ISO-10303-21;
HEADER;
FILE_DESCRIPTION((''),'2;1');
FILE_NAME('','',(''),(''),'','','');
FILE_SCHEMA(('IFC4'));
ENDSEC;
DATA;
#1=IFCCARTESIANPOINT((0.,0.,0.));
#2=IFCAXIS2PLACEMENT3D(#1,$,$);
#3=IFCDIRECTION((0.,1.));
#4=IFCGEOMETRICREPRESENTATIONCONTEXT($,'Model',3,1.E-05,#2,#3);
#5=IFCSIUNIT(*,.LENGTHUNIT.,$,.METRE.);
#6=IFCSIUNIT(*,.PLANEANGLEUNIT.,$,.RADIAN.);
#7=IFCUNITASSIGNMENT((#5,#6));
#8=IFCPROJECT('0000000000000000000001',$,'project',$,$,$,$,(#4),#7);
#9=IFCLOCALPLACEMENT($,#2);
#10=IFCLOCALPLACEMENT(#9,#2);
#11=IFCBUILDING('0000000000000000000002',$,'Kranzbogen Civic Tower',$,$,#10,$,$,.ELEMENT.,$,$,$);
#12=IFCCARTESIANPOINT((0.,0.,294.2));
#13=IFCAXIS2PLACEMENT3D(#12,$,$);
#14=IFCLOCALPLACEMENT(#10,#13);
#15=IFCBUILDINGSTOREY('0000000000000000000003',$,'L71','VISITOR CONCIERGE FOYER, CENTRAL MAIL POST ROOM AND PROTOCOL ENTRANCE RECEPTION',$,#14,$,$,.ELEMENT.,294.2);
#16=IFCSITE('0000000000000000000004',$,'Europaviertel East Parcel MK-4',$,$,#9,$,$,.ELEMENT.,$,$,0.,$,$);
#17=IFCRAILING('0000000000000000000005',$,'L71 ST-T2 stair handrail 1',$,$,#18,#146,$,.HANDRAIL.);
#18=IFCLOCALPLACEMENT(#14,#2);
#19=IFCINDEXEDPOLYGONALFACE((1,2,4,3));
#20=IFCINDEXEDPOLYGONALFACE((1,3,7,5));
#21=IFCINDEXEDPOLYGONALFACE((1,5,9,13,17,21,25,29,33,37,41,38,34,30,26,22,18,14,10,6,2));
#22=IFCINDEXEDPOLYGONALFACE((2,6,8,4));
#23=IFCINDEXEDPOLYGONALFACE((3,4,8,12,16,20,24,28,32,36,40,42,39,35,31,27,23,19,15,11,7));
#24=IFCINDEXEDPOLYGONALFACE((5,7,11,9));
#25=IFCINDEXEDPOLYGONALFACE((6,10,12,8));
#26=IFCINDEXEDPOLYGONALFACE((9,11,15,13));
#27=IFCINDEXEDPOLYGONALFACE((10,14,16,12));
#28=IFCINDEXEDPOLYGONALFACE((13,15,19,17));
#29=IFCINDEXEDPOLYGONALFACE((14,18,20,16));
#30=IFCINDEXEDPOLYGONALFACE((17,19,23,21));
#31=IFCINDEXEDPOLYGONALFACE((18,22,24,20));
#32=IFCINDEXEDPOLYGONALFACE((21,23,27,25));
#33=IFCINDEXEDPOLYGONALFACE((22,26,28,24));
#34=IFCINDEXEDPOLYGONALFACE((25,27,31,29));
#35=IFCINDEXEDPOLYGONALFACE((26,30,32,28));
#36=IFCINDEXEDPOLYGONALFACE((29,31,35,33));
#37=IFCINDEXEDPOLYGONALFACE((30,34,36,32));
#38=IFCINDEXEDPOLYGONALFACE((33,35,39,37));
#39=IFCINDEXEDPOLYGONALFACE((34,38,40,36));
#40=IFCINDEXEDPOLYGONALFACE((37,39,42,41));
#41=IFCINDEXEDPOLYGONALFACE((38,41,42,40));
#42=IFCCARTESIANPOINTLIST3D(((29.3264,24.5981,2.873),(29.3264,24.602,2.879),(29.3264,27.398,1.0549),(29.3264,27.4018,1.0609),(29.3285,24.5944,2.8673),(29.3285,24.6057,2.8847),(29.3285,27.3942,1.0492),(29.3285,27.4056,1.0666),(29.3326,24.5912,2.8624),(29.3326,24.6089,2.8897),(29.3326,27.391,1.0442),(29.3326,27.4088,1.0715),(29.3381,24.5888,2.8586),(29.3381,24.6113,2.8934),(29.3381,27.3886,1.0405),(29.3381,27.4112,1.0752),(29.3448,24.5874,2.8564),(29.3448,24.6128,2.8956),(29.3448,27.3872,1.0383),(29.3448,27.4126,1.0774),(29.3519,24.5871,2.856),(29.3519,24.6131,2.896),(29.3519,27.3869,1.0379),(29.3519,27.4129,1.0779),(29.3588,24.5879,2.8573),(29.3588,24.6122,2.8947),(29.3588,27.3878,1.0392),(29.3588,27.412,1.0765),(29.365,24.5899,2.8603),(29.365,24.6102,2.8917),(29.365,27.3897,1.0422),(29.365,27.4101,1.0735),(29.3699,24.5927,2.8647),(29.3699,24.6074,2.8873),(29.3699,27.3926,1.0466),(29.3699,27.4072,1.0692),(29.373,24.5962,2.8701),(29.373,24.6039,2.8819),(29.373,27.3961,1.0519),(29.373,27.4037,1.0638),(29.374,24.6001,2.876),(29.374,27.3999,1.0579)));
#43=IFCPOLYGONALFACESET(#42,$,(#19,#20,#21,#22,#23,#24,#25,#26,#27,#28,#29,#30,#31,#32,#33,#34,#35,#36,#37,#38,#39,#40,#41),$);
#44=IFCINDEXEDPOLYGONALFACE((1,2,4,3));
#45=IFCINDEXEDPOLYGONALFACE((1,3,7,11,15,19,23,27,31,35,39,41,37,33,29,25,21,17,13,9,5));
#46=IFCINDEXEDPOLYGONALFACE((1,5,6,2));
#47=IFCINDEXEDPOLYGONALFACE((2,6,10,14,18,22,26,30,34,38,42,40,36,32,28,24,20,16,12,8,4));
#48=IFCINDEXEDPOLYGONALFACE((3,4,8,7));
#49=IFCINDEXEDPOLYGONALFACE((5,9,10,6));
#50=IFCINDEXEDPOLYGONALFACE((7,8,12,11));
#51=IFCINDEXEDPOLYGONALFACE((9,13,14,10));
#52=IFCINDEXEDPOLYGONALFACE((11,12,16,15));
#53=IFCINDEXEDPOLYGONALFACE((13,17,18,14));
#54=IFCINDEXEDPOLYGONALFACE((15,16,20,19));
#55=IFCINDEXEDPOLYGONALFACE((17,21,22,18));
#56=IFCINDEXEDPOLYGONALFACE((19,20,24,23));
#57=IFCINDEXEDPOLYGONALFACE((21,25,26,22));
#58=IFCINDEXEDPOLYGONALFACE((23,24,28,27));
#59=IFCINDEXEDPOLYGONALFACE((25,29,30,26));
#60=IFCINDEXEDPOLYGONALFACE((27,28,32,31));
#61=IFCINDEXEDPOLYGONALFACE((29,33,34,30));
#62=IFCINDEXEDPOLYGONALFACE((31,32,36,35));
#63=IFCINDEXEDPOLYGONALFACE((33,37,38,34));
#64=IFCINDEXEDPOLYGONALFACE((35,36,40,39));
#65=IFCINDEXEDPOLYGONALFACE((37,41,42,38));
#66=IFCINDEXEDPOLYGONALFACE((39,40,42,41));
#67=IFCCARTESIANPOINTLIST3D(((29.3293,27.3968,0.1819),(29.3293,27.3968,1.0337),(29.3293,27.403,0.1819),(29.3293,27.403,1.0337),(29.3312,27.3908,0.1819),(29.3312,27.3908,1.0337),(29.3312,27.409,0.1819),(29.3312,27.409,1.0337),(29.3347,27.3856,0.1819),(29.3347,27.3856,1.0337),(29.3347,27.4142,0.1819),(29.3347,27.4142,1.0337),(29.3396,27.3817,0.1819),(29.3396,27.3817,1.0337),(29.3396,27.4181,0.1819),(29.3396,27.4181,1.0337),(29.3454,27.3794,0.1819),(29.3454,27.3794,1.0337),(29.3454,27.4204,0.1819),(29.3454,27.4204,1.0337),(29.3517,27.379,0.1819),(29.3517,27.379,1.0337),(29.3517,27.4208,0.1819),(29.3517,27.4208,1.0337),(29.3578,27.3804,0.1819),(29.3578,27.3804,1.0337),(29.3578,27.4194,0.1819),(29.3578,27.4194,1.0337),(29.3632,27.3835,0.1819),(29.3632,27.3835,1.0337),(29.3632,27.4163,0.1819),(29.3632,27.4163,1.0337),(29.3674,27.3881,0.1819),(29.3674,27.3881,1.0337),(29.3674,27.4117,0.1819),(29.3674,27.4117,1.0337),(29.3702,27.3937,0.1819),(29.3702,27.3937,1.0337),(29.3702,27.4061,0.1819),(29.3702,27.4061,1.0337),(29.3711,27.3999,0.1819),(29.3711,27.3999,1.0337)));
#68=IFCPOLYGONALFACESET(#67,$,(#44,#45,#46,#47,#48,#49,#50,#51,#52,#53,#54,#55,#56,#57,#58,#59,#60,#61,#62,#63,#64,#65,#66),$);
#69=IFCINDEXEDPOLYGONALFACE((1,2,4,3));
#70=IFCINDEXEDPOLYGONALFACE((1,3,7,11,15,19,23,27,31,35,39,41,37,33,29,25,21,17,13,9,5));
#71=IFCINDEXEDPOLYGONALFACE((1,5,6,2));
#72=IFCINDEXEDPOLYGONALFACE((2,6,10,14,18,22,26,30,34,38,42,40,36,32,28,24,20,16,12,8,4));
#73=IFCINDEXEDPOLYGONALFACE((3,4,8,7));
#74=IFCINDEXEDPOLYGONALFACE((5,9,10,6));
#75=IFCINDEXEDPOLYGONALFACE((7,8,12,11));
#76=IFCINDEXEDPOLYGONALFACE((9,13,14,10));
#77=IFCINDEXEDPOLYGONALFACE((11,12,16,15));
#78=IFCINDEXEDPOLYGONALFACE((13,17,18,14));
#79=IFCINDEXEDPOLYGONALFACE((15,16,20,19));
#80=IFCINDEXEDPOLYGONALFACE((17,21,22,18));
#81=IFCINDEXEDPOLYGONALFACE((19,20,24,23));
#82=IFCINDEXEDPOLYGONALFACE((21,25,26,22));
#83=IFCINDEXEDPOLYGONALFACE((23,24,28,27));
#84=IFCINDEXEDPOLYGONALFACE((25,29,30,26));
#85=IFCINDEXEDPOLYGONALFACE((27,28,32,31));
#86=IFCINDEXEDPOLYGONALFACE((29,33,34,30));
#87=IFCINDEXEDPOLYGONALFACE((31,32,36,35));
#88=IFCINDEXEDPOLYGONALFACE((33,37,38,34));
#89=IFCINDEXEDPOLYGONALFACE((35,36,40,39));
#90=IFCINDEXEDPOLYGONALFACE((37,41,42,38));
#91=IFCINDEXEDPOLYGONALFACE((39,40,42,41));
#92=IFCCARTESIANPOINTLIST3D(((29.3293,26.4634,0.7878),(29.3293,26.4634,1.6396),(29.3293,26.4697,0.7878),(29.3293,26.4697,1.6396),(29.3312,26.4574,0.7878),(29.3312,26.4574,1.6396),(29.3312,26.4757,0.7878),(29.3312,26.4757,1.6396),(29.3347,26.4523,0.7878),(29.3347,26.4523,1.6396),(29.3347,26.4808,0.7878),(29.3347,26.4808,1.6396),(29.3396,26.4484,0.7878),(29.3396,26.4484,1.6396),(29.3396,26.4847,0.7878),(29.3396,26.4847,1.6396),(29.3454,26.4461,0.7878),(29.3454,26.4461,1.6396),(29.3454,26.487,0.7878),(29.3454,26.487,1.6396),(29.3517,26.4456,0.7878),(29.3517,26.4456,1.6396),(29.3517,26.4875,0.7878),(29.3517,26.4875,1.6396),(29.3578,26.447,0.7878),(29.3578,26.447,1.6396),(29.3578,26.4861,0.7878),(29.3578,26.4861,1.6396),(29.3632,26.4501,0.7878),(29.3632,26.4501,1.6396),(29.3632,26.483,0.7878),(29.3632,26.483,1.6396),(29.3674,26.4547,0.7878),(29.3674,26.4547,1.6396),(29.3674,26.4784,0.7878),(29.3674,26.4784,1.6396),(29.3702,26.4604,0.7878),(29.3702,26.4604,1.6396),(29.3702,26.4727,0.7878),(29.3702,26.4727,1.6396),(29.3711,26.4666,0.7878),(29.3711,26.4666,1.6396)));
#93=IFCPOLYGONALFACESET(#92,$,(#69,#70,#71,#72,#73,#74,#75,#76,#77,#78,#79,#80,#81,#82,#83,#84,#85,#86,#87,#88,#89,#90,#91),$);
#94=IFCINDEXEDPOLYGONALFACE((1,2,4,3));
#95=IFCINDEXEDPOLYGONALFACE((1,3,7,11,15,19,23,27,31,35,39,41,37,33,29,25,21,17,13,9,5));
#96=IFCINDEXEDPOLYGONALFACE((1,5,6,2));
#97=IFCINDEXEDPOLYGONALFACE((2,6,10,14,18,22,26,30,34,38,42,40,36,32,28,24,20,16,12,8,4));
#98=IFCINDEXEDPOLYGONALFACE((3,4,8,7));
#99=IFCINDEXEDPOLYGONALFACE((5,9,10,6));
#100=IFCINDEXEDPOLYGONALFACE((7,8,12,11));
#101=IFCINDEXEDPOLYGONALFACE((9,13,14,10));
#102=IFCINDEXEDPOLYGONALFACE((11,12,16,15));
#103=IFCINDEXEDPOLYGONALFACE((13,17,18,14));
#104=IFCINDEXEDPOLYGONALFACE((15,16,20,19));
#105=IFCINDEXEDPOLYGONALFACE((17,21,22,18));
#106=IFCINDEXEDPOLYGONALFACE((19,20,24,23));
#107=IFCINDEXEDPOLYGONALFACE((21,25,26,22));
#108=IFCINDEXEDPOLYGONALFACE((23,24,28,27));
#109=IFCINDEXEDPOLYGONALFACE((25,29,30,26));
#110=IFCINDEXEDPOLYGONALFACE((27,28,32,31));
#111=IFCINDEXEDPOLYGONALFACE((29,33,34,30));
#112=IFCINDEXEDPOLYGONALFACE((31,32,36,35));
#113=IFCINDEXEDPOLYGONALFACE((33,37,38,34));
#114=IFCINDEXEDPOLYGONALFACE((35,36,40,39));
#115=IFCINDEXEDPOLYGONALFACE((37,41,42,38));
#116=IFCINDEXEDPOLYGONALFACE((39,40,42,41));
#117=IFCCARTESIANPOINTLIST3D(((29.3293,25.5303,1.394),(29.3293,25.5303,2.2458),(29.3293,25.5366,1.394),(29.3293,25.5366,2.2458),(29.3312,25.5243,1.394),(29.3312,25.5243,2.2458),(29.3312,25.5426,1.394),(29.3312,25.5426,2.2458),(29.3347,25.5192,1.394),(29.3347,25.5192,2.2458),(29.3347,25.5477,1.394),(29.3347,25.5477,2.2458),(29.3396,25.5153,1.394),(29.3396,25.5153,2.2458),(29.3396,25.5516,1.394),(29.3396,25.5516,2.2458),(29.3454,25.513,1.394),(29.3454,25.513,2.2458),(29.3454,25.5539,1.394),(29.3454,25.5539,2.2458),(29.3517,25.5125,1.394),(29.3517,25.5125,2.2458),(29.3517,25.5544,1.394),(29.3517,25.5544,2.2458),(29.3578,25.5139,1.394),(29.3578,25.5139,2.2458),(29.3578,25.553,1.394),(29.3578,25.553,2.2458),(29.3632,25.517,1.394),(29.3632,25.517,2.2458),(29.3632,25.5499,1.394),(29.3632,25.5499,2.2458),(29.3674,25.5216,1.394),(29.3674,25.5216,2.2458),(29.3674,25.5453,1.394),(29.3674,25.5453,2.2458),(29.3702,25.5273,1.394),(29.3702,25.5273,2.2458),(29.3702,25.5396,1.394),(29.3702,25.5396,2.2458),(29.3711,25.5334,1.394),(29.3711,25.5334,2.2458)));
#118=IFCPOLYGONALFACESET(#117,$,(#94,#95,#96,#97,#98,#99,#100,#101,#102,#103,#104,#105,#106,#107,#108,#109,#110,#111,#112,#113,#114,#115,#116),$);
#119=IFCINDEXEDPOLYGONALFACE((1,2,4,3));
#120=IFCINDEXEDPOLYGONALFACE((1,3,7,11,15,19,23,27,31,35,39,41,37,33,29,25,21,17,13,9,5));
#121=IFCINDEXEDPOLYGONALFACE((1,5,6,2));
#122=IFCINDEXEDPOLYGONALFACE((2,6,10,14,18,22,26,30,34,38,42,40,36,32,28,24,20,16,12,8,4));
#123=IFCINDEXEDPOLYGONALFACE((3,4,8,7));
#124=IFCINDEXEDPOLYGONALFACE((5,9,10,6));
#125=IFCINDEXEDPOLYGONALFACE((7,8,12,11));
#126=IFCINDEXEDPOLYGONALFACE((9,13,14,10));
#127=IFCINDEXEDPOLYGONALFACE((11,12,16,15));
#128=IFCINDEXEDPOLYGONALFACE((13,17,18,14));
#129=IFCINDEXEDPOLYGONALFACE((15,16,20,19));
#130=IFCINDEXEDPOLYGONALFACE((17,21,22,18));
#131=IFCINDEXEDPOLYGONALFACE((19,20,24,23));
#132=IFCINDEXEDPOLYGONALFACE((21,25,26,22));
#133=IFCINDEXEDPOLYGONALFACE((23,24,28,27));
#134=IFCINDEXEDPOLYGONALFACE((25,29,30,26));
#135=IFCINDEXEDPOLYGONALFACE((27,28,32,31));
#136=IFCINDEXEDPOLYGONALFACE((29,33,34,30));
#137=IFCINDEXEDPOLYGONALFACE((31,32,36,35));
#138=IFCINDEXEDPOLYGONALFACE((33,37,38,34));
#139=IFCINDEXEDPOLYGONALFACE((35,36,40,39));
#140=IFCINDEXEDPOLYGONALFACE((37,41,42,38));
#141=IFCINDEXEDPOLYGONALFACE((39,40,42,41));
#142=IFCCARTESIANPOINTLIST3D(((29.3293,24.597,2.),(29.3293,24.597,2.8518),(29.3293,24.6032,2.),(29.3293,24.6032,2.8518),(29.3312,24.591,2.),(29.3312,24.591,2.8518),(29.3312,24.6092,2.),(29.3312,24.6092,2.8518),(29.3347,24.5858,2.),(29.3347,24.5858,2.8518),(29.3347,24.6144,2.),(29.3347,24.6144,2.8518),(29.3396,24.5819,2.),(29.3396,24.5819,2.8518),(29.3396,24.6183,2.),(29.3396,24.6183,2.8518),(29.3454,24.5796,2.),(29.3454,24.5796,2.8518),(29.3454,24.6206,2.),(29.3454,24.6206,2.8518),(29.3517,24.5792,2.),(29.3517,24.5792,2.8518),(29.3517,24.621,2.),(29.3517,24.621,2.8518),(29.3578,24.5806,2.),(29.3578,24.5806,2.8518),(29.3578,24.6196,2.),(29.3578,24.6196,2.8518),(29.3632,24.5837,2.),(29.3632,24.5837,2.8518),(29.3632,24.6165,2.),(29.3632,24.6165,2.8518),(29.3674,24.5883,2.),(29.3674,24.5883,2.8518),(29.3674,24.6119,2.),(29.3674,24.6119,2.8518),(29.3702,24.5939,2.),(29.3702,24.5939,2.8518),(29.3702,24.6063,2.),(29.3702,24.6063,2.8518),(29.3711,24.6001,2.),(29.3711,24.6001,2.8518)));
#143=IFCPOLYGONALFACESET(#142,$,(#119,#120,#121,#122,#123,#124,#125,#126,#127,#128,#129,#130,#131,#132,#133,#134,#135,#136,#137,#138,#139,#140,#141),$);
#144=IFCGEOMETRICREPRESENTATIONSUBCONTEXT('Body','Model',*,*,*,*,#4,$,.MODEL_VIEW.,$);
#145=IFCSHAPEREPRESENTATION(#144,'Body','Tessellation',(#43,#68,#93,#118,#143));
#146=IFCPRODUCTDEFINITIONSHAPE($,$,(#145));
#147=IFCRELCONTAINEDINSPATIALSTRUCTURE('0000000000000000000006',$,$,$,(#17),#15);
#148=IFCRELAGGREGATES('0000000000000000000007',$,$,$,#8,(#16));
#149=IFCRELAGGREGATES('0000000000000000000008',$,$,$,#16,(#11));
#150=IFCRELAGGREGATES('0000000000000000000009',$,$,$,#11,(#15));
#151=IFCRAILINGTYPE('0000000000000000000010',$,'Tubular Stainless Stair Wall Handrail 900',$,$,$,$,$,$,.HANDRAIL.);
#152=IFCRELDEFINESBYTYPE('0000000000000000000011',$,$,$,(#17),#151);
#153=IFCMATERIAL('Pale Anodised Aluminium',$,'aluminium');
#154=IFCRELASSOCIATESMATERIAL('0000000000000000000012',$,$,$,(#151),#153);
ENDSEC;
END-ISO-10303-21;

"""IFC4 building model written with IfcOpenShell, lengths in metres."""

from ifc_helpers import new_model, si_unit, direction, frame, origin, origin_2d, place, context, subcontext, project, spatial, circle, extrude, material, type_object, element, save


model = new_model("IFC4")

# Units and contexts
model_context = context("Model", 3, precision=1e-05, world=origin(), true_north=direction((0.0, 1.0)))
body_context = subcontext(model_context, "Body", "Model", "MODEL_VIEW")
ifc_project = project(units=[si_unit("LENGTHUNIT", "METRE"), si_unit("PLANEANGLEUNIT", "RADIAN")], contexts=[model_context])

# Site, building, storey
site_placement = place(None, origin())
site = spatial("IfcSite", under=ifc_project, at=site_placement, Name="Europaviertel East Parcel MK-4", CompositionType="ELEMENT", RefElevation=0.0)
building_placement = place(site_placement, origin())
building = spatial("IfcBuilding", under=site, at=building_placement, Name="Kranzbogen Civic Tower", CompositionType="ELEMENT")
storey_placement = place(building_placement, frame((0.0, 0.0, 294.2)))
storey = spatial("IfcBuildingStorey", under=building, at=storey_placement, Name="L71", Description="VISITOR CONCIERGE FOYER, CENTRAL MAIL POST ROOM AND PROTOCOL ENTRANCE RECEPTION", CompositionType="ELEMENT", Elevation=294.2)

# Shared definitions
ifc_material_1 = material(Name="Pale Anodised Aluminium", Category="aluminium")

# Railing
railing_type_1 = type_object("IfcRailingType", Name="Tubular Stainless Stair Wall Handrail 900", PredefinedType="HANDRAIL", material=ifc_material_1)
railing_1_placement = place(storey_placement, frame((29.3501, 27.3999, 0.1819)))
element("IfcRailing", 1, at=railing_1_placement, inside=storey, type_object=railing_type_1, Name="L71 ST-T2 stair handrail 1", PredefinedType="HANDRAIL", context=body_context, shape_type="SweptSolid", body=[
    extrude(circle(Radius=0.0239, at=origin_2d()), frame((0.0, 0.0, 0.876), z_axis=(0.0, -0.838684, 0.544618), x_axis=(1.0, 0.0, 0.0)), (0.0, 0.0, 1.0), 3.3384),
    extrude(circle(Radius=0.021, at=origin_2d()), origin(), (0.0, 0.0, 1.0), 0.8518),
    extrude(circle(Radius=0.021, at=origin_2d()), frame((0.0, -0.9333, 0.606)), (0.0, 0.0, 1.0), 0.8518),
    extrude(circle(Radius=0.021, at=origin_2d()), frame((0.0, -1.8665, 1.2122)), (0.0, 0.0, 1.0), 0.8518),
    extrude(circle(Radius=0.021, at=origin_2d()), frame((0.0, -2.7998, 1.8181)), (0.0, 0.0, 1.0), 0.8518),
])

save(model, "model.ifc")
